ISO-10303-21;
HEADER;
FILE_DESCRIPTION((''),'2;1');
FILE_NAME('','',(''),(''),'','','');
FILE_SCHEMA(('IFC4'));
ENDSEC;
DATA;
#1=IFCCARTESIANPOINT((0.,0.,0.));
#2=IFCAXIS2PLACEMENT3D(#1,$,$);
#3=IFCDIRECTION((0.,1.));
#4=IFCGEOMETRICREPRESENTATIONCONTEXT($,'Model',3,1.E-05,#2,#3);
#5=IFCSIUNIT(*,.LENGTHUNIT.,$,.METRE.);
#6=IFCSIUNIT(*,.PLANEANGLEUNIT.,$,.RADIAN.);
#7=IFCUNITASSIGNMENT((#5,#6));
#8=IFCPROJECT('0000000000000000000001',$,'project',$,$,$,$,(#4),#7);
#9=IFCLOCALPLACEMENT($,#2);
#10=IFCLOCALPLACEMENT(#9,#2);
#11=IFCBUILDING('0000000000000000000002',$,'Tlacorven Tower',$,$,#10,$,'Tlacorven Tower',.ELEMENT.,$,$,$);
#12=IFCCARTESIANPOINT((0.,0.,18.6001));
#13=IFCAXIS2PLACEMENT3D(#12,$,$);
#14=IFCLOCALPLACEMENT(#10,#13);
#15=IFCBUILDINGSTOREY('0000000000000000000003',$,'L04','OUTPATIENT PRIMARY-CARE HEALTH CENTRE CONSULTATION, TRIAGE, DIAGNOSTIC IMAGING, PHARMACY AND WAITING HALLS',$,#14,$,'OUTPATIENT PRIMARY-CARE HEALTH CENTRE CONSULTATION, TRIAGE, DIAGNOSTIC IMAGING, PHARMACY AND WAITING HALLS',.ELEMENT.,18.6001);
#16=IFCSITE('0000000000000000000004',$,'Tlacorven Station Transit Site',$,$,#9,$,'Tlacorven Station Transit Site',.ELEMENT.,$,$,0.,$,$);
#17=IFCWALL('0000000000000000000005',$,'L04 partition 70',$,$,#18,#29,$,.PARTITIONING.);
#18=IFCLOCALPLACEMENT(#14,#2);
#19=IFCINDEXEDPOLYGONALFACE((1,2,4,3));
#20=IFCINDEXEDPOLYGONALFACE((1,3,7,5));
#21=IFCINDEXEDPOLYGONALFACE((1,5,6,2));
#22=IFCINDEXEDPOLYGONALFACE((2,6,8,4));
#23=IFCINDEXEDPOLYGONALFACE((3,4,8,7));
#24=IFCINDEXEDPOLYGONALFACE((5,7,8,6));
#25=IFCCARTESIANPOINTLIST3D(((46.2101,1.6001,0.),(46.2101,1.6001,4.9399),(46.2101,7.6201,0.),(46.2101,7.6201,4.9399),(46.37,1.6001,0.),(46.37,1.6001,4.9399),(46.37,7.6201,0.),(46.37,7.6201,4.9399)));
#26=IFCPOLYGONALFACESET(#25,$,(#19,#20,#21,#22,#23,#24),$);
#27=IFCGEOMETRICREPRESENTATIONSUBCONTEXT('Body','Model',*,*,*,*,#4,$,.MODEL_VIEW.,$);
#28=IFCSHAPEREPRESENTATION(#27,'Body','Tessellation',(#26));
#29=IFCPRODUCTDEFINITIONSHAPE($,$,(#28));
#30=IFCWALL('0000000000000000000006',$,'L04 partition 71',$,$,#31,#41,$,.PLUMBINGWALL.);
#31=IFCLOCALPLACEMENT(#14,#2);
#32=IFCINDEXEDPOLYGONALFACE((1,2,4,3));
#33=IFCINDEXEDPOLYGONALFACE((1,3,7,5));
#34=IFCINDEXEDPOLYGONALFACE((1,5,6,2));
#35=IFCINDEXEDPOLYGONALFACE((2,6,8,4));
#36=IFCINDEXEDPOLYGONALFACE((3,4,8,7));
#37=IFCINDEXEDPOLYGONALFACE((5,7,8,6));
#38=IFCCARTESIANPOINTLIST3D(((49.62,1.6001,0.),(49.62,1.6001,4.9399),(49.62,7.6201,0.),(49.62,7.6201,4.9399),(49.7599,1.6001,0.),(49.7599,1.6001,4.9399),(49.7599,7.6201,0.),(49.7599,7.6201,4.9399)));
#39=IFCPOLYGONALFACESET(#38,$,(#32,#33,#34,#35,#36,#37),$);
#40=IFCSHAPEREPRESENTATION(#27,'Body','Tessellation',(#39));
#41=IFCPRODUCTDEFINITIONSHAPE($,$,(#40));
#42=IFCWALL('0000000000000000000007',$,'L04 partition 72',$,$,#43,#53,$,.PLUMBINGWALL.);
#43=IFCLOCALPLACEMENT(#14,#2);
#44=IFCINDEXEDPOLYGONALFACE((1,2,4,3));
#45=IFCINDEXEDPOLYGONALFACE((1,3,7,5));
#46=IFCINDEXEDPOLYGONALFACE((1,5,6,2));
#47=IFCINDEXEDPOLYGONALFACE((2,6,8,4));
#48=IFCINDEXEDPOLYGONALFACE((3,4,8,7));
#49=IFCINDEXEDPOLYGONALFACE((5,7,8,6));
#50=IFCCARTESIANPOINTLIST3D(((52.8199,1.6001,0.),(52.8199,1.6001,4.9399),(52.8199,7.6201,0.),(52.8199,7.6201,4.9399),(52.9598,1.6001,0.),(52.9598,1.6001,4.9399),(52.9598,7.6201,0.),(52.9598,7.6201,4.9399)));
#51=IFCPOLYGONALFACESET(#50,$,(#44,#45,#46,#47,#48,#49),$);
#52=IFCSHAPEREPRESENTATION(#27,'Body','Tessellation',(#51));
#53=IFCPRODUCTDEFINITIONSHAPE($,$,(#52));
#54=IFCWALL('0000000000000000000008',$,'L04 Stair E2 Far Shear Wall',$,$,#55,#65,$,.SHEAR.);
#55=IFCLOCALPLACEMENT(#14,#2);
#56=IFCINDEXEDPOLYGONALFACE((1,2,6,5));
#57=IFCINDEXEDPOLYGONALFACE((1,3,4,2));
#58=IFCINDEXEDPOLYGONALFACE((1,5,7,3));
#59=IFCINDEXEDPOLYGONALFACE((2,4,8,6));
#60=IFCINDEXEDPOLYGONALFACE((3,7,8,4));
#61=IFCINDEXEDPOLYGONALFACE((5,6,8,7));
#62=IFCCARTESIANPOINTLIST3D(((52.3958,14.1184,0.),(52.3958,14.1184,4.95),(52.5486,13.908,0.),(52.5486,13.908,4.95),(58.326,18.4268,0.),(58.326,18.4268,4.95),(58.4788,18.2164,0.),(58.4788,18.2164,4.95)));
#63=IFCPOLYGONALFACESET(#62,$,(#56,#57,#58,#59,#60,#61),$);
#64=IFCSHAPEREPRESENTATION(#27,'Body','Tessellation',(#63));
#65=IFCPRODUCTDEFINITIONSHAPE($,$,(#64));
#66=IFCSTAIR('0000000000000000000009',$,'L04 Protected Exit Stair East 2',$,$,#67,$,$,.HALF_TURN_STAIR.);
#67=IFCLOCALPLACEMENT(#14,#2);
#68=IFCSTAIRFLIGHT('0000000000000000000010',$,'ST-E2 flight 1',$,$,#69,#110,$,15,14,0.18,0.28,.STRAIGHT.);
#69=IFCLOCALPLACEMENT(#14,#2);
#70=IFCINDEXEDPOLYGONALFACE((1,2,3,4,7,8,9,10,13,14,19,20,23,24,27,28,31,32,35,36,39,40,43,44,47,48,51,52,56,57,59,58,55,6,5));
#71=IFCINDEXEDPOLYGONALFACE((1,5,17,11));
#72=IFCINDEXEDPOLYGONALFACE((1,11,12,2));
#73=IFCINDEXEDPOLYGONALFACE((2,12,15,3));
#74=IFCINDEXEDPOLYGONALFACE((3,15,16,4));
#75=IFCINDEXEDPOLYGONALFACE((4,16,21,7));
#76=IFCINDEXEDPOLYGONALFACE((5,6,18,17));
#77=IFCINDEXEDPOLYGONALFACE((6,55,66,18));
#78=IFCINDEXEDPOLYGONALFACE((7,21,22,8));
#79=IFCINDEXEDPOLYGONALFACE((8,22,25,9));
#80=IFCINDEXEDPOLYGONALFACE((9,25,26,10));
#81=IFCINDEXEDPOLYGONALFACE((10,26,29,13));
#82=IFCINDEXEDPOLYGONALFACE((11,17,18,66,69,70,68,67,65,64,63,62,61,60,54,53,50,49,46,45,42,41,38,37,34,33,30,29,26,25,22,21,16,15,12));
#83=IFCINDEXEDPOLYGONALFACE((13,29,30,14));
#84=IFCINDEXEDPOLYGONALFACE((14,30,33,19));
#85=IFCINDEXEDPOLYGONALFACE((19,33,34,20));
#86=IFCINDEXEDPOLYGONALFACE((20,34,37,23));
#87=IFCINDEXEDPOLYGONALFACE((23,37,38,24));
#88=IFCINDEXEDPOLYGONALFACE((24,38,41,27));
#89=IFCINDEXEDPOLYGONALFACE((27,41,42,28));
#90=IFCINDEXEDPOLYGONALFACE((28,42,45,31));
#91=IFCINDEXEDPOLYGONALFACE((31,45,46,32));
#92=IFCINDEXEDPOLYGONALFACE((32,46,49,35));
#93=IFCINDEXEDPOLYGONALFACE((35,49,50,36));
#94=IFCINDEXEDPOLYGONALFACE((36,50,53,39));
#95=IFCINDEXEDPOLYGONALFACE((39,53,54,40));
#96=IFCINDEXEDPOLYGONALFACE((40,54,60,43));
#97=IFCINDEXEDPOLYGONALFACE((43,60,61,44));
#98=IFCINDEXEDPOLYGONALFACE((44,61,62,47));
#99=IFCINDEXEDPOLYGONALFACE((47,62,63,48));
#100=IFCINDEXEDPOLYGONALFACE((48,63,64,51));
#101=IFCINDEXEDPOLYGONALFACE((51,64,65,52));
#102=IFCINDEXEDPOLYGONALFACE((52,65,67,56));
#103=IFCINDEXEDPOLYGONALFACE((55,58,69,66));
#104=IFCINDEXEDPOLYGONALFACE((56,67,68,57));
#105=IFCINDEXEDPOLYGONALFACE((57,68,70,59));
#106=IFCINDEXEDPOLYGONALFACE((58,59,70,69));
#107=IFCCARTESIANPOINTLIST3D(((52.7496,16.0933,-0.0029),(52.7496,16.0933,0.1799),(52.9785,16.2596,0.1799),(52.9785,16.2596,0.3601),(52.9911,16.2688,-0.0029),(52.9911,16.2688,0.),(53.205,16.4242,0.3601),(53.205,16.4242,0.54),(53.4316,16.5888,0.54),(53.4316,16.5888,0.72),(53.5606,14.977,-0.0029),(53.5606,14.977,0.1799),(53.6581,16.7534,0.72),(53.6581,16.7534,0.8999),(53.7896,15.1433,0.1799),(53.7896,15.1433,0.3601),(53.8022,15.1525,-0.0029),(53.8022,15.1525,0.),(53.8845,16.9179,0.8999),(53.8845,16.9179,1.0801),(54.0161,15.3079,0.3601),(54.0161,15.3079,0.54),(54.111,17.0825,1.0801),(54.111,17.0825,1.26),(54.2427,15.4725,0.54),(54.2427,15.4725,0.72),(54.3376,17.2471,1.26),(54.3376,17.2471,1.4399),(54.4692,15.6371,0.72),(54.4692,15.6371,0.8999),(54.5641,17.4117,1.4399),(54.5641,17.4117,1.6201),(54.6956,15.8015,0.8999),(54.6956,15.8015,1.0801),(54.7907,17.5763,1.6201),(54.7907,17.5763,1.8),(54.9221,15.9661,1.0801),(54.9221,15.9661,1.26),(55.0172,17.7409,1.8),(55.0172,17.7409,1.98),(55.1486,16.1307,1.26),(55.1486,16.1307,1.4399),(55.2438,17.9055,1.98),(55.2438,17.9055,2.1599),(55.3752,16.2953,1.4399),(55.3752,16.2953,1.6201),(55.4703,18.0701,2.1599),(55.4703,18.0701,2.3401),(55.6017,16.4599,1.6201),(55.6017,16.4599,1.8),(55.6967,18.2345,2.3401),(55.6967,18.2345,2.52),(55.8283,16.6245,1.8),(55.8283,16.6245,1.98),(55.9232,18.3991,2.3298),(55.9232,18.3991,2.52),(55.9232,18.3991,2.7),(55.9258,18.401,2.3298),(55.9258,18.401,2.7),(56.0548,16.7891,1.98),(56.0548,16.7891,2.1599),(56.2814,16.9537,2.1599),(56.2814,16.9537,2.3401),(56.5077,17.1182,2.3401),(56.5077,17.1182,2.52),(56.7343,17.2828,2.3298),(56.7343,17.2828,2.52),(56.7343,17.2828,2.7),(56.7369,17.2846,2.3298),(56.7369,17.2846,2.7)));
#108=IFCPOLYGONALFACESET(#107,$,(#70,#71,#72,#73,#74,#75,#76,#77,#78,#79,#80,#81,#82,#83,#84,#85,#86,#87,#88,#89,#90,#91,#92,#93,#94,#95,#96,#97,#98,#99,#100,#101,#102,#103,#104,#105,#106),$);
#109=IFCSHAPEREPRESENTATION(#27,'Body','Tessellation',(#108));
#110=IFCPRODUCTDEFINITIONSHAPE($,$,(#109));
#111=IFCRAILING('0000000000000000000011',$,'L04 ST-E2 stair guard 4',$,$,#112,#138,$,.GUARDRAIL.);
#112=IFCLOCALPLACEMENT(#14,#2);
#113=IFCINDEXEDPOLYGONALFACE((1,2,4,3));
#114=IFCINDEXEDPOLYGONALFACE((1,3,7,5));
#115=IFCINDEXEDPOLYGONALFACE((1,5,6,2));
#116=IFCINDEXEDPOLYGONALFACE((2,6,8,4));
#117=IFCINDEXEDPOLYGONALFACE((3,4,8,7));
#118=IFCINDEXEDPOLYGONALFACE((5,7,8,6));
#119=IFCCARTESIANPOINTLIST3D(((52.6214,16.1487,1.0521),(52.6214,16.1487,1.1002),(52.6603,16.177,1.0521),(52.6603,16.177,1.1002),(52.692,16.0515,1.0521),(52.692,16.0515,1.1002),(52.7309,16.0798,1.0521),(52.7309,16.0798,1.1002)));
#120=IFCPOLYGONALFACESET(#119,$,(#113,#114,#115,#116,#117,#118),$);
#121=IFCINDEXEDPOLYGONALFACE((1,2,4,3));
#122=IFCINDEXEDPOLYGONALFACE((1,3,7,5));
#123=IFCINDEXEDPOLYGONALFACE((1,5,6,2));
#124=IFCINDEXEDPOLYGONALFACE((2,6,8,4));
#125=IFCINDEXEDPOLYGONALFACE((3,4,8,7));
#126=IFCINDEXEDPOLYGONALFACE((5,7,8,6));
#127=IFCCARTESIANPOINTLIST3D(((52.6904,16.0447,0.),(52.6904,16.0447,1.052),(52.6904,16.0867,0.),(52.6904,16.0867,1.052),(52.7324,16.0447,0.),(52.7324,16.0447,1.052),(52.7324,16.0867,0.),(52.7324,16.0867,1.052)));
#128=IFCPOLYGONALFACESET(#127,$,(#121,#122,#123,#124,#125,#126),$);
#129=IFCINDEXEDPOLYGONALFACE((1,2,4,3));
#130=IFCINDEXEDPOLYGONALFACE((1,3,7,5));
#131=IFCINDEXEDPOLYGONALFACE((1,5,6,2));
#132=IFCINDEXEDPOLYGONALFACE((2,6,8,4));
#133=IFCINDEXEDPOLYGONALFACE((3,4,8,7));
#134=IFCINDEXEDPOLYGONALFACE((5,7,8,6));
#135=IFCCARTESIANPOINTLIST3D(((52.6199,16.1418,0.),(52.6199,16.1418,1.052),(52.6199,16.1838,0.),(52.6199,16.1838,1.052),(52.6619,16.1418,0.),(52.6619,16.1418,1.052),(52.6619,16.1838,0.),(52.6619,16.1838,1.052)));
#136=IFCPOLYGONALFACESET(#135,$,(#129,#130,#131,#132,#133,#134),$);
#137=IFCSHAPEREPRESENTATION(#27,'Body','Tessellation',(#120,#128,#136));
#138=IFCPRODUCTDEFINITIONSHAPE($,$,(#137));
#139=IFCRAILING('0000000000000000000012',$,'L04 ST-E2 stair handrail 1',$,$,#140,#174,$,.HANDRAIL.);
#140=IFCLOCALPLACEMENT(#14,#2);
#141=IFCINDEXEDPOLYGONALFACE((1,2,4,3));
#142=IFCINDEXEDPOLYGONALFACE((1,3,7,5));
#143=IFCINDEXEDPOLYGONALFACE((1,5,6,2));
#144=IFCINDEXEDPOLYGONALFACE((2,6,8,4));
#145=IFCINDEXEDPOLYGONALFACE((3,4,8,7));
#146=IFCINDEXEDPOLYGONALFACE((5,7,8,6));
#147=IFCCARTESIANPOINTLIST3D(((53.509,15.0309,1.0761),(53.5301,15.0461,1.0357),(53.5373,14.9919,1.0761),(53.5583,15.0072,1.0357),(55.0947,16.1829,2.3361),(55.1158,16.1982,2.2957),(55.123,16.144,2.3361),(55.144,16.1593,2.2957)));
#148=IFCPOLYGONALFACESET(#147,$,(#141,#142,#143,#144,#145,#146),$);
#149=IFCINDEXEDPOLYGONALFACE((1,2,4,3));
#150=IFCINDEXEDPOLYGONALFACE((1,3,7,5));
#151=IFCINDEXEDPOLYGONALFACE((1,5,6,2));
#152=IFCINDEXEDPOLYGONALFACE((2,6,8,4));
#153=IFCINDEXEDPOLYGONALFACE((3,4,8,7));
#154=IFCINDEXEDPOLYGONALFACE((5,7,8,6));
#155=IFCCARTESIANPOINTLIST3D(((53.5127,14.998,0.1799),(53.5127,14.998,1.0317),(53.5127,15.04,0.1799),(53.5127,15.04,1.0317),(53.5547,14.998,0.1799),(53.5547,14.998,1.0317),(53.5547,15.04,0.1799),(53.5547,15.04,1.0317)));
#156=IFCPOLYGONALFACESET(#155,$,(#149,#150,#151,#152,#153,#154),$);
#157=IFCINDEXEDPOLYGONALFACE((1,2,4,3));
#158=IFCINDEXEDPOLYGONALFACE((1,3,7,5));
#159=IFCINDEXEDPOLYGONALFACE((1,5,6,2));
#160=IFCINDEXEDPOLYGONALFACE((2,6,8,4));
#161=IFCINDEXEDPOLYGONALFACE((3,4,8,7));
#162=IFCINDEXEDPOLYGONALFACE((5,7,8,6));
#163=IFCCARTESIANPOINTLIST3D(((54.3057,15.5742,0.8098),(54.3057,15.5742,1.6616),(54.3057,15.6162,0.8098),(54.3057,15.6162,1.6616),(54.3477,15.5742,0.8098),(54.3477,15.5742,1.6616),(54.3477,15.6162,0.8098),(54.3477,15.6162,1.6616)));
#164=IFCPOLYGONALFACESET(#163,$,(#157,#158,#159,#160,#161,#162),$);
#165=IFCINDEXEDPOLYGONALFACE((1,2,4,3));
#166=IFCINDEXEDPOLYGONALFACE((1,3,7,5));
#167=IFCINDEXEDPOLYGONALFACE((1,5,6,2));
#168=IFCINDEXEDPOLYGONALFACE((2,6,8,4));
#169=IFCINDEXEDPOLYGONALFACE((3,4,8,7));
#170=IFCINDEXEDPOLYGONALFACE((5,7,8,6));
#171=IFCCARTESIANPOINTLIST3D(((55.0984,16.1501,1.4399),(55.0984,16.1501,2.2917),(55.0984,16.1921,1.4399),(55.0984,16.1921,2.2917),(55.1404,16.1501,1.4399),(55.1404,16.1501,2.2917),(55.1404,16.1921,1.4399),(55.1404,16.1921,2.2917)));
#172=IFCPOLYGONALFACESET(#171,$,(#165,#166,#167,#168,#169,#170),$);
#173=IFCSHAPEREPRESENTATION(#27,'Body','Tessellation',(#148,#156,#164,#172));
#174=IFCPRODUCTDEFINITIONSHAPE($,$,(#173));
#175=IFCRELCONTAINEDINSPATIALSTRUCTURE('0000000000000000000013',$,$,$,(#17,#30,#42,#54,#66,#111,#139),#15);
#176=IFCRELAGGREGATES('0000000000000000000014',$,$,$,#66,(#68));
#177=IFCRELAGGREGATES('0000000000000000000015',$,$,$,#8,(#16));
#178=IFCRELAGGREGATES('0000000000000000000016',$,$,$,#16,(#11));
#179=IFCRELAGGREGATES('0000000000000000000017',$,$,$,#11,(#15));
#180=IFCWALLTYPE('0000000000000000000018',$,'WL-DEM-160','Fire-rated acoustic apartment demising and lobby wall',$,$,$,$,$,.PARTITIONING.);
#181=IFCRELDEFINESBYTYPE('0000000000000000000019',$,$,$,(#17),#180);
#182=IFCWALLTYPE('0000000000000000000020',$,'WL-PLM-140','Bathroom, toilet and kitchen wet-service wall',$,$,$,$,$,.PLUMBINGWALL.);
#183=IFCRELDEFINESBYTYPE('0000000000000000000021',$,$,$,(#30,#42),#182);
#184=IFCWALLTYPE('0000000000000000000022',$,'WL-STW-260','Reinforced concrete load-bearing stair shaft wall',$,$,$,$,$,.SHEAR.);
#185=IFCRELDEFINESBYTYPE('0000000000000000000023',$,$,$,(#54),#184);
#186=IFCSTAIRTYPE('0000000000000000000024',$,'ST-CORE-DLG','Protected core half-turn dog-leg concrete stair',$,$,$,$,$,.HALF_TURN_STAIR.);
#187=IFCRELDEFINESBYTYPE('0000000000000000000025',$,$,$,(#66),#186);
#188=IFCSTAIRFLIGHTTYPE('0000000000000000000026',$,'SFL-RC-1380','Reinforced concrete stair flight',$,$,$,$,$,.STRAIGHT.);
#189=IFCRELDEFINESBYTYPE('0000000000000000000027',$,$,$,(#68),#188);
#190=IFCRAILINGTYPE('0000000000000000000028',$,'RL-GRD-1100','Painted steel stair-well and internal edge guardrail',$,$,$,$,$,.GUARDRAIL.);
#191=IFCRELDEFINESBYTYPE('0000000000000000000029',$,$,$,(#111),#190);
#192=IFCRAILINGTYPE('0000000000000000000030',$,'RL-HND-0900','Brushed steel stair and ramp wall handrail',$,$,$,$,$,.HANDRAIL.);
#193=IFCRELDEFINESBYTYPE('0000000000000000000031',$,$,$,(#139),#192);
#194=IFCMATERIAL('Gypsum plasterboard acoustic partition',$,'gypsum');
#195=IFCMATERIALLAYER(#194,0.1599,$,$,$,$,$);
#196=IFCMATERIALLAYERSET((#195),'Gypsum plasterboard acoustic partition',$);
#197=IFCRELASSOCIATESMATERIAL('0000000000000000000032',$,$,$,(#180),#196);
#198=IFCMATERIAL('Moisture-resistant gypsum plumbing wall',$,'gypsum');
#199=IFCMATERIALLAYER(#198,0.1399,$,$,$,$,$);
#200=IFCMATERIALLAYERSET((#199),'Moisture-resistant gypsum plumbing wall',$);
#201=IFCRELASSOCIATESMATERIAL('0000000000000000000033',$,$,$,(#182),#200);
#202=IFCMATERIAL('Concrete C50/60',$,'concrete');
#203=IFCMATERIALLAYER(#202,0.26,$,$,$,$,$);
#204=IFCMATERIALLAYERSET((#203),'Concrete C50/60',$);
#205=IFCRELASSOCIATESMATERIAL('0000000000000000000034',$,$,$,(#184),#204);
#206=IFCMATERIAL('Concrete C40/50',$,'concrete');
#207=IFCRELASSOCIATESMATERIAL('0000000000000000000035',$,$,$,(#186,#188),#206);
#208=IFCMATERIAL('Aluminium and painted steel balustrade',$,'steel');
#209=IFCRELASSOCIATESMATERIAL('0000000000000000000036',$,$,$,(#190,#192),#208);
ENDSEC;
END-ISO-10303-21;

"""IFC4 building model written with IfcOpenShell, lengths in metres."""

from ifc_helpers import new_model, si_unit, direction, frame, frame_2d, origin, origin_2d, place, context, subcontext, project, spatial, polyline, rectangle, outline, extrude, source, transform, mapped, material, layer, layer_set, type_object, element, aggregate, save


model = new_model("IFC4")

# Units and contexts
model_context = context("Model", 3, precision=1e-05, world=origin(), true_north=direction((0.0, 1.0)))
body_context = subcontext(model_context, "Body", "Model", "MODEL_VIEW")
ifc_project = project(units=[si_unit("LENGTHUNIT", "METRE"), si_unit("PLANEANGLEUNIT", "RADIAN")], contexts=[model_context])

# Site, building, storey
site_placement = place(None, origin())
site = spatial("IfcSite", under=ifc_project, at=site_placement, Name="Tlacorven Station Transit Site", LongName="Tlacorven Station Transit Site", CompositionType="ELEMENT", RefElevation=0.0)
building_placement = place(site_placement, origin())
building = spatial("IfcBuilding", under=site, at=building_placement, Name="Tlacorven Tower", LongName="Tlacorven Tower", CompositionType="ELEMENT")
storey_placement = place(building_placement, frame((0.0, 0.0, 18.6001)))
storey = spatial("IfcBuildingStorey", under=building, at=storey_placement, Name="L04", Description="OUTPATIENT PRIMARY-CARE HEALTH CENTRE CONSULTATION, TRIAGE, DIAGNOSTIC IMAGING, PHARMACY AND WAITING HALLS", LongName="OUTPATIENT PRIMARY-CARE HEALTH CENTRE CONSULTATION, TRIAGE, DIAGNOSTIC IMAGING, PHARMACY AND WAITING HALLS", CompositionType="ELEMENT", Elevation=18.6001)

# Walls
ifc_material_1 = material(Name="Gypsum plasterboard acoustic partition", Category="gypsum")
ifc_layer_1 = layer(ifc_material_1, 0.1599)
ifc_layer_set_1 = layer_set([ifc_layer_1], Name="Gypsum plasterboard acoustic partition")
wall_type_1 = type_object("IfcWallType", Name="WL-DEM-160", Description="Fire-rated acoustic apartment demising and lobby wall", PredefinedType="PARTITIONING", material=ifc_layer_set_1)
for number, where, z_axis, x_axis, name in (
    (1, (46.29, 1.6001, 0.0), (0.0, 0.0, 1.0), (0.0, 1.0, 0.0), "L04 partition 70"),
):
    element("IfcWall", number, at=place(storey_placement, frame(where, z_axis=z_axis, x_axis=x_axis)), inside=storey, type_object=wall_type_1, Name=name, PredefinedType="PARTITIONING", context=body_context, shape_type="SweptSolid", body=[
        extrude(rectangle(XDim=6.02, YDim=0.1599, at=frame_2d((3.01, 0.0))), origin(), (0.0, 0.0, 1.0), 4.9399),
    ])
ifc_material_2 = material(Name="Moisture-resistant gypsum plumbing wall", Category="gypsum")
ifc_layer_2 = layer(ifc_material_2, 0.1399)
ifc_layer_set_2 = layer_set([ifc_layer_2], Name="Moisture-resistant gypsum plumbing wall")
wall_type_2 = type_object("IfcWallType", Name="WL-PLM-140", Description="Bathroom, toilet and kitchen wet-service wall", PredefinedType="PLUMBINGWALL", material=ifc_layer_set_2)
for number, where, z_axis, x_axis, name in (
    (2, (49.6899, 1.6001, 0.0), (0.0, 0.0, 1.0), (0.0, 1.0, 0.0), "L04 partition 71"),
    (3, (52.8899, 1.6001, 0.0), (0.0, 0.0, 1.0), (0.0, 1.0, 0.0), "L04 partition 72"),
):
    element("IfcWall", number, at=place(storey_placement, frame(where, z_axis=z_axis, x_axis=x_axis)), inside=storey, type_object=wall_type_2, Name=name, PredefinedType="PLUMBINGWALL", context=body_context, shape_type="SweptSolid", body=[
        extrude(rectangle(XDim=6.02, YDim=0.1399, at=frame_2d((3.01, 0.0))), origin(), (0.0, 0.0, 1.0), 4.9399),
    ])
ifc_material_3 = material(Name="Concrete C50/60", Category="concrete")
ifc_layer_3 = layer(ifc_material_3, 0.26)
ifc_layer_set_3 = layer_set([ifc_layer_3], Name="Concrete C50/60")
wall_type_3 = type_object("IfcWallType", Name="WL-STW-260", Description="Reinforced concrete load-bearing stair shaft wall", PredefinedType="SHEAR", material=ifc_layer_set_3)
wall_1_placement = place(storey_placement, frame((52.4722, 14.0132, 0.0), z_axis=(0.0, 0.0, 1.0), x_axis=(0.809028, 0.58777, 0.0)))
element("IfcWall", 4, at=wall_1_placement, inside=storey, type_object=wall_type_3, Name="L04 Stair E2 Far Shear Wall", PredefinedType="SHEAR", context=body_context, shape_type="SweptSolid", body=[
    extrude(rectangle(XDim=7.3301, YDim=0.26, at=frame_2d((3.665, 0.0))), origin(), (0.0, 0.0, 1.0), 4.95),
])

# Stair, stair flight
ifc_material_4 = material(Name="Concrete C40/50", Category="concrete")
stair_type = type_object("IfcStairType", Name="ST-CORE-DLG", Description="Protected core half-turn dog-leg concrete stair", PredefinedType="HALF_TURN_STAIR", material=ifc_material_4)
stair_placement = place(storey_placement, origin())
stair = element("IfcStair", 5, at=stair_placement, inside=storey, type_object=stair_type, Name="L04 Protected Exit Stair East 2", PredefinedType="HALF_TURN_STAIR")
stair_flight_type = type_object("IfcStairFlightType", Name="SFL-RC-1380", Description="Reinforced concrete stair flight", PredefinedType="STRAIGHT", material=ifc_material_4)
shared_shape_1 = source(origin(), body_context, "Body", "SweptSolid", [
    extrude(outline(polyline([(-0.0029, -0.0029), (-0.0029, 0.1799), (0.28, 0.1799), (0.28, 0.3601), (0.5601, 0.3601), (0.5601, 0.54), (0.8401, 0.54), (0.8401, 0.72), (1.1201, 0.72), (1.1201, 0.8999), (1.3999, 0.8999), (1.3999, 1.0801), (1.6799, 1.0801), (1.6799, 1.26), (1.96, 1.26), (1.96, 1.4399), (2.24, 1.4399), (2.24, 1.6201), (2.52, 1.6201), (2.52, 1.8), (2.8, 1.8), (2.8, 1.98), (3.0801, 1.98), (3.0801, 2.1599), (3.3601, 2.1599), (3.3601, 2.3401), (3.6399, 2.3401), (3.6399, 2.52), (3.9199, 2.52), (3.9199, 2.7), (3.9231, 2.7), (3.9231, 2.3298), (3.9199, 2.3298), (0.2957, 0.0), (0.2957, -0.0029), (-0.0029, -0.0029)])), frame((0.0, 0.6899, 0.0), z_axis=(0.0, -1.0, 0.0), x_axis=(1.0, 0.0, 0.0)), (0.0, 0.0, 1.0), 1.3799),
])
stair_flight_placement = place(storey_placement, frame((53.1575, 15.5369, 0.0), z_axis=(0.0, 0.0, 1.0), x_axis=(0.809017, 0.587785, 0.0)))
stair_flight = element("IfcStairFlight", 6, at=stair_flight_placement, type_object=stair_flight_type, Name="ST-E2 flight 1", NumberOfRisers=15, NumberOfTreads=14, PredefinedType="STRAIGHT", RiserHeight=0.18, TreadLength=0.28, context=body_context, shape_type="MappedRepresentation", body=[
    mapped(shared_shape_1, transform((0.0, 0.0, 0.0), scale=1.0)),
])
aggregate(stair, [stair_flight])

# Railings
ifc_material_5 = material(Name="Aluminium and painted steel balustrade", Category="steel")
railing_type_1 = type_object("IfcRailingType", Name="RL-GRD-1100", Description="Painted steel stair-well and internal edge guardrail", PredefinedType="GUARDRAIL", material=ifc_material_5)
shared_shape_2 = source(origin(), body_context, "Body", "SweptSolid", [
    extrude(rectangle(XDim=0.0481, YDim=0.0481, at=origin_2d()), frame((0.0, 0.0, 1.0762), z_axis=(-0.587567, 0.809175, 0.0), x_axis=(-0.809175, -0.587567, 0.0)), (0.0, 0.0, 1.0), 0.1201),
    extrude(rectangle(XDim=0.042, YDim=0.042, at=origin_2d()), origin(), (0.0, 0.0, 1.0), 1.052),
    extrude(rectangle(XDim=0.042, YDim=0.042, at=origin_2d()), frame((-0.0706, 0.0972, 0.0)), (0.0, 0.0, 1.0), 1.052),
])
railing_1_placement = place(storey_placement, frame((52.7114, 16.0657, 0.0)))
element("IfcRailing", 7, at=railing_1_placement, inside=storey, type_object=railing_type_1, Name="L04 ST-E2 stair guard 4", PredefinedType="GUARDRAIL", context=body_context, shape_type="MappedRepresentation", body=[
    mapped(shared_shape_2, transform((0.0, 0.0, 0.0), scale=1.0)),
])
railing_type_2 = type_object("IfcRailingType", Name="RL-HND-0900", Description="Brushed steel stair and ramp wall handrail", PredefinedType="HANDRAIL", material=ifc_material_5)
shared_shape_3 = source(origin(), body_context, "Body", "SweptSolid", [
    extrude(rectangle(XDim=0.0481, YDim=0.0481, at=origin_2d()), frame((0.0, 0.0, 0.876), z_axis=(0.680525, 0.494441, 0.540753), x_axis=(-0.587794, 0.809011, 0.0)), (0.0, 0.0, 1.0), 2.3301),
    extrude(rectangle(XDim=0.042, YDim=0.042, at=origin_2d()), origin(), (0.0, 0.0, 1.0), 0.8518),
    extrude(rectangle(XDim=0.042, YDim=0.042, at=origin_2d()), frame((0.793, 0.5762, 0.6299)), (0.0, 0.0, 1.0), 0.8518),
    extrude(rectangle(XDim=0.042, YDim=0.042, at=origin_2d()), frame((1.5857, 1.1521, 1.26)), (0.0, 0.0, 1.0), 0.8518),
])
railing_2_placement = place(storey_placement, frame((53.5337, 15.019, 0.1799)))
element("IfcRailing", 8, at=railing_2_placement, inside=storey, type_object=railing_type_2, Name="L04 ST-E2 stair handrail 1", PredefinedType="HANDRAIL", context=body_context, shape_type="MappedRepresentation", body=[
    mapped(shared_shape_3, transform((0.0, 0.0, 0.0), scale=1.0)),
])

save(model, "model.ifc")
